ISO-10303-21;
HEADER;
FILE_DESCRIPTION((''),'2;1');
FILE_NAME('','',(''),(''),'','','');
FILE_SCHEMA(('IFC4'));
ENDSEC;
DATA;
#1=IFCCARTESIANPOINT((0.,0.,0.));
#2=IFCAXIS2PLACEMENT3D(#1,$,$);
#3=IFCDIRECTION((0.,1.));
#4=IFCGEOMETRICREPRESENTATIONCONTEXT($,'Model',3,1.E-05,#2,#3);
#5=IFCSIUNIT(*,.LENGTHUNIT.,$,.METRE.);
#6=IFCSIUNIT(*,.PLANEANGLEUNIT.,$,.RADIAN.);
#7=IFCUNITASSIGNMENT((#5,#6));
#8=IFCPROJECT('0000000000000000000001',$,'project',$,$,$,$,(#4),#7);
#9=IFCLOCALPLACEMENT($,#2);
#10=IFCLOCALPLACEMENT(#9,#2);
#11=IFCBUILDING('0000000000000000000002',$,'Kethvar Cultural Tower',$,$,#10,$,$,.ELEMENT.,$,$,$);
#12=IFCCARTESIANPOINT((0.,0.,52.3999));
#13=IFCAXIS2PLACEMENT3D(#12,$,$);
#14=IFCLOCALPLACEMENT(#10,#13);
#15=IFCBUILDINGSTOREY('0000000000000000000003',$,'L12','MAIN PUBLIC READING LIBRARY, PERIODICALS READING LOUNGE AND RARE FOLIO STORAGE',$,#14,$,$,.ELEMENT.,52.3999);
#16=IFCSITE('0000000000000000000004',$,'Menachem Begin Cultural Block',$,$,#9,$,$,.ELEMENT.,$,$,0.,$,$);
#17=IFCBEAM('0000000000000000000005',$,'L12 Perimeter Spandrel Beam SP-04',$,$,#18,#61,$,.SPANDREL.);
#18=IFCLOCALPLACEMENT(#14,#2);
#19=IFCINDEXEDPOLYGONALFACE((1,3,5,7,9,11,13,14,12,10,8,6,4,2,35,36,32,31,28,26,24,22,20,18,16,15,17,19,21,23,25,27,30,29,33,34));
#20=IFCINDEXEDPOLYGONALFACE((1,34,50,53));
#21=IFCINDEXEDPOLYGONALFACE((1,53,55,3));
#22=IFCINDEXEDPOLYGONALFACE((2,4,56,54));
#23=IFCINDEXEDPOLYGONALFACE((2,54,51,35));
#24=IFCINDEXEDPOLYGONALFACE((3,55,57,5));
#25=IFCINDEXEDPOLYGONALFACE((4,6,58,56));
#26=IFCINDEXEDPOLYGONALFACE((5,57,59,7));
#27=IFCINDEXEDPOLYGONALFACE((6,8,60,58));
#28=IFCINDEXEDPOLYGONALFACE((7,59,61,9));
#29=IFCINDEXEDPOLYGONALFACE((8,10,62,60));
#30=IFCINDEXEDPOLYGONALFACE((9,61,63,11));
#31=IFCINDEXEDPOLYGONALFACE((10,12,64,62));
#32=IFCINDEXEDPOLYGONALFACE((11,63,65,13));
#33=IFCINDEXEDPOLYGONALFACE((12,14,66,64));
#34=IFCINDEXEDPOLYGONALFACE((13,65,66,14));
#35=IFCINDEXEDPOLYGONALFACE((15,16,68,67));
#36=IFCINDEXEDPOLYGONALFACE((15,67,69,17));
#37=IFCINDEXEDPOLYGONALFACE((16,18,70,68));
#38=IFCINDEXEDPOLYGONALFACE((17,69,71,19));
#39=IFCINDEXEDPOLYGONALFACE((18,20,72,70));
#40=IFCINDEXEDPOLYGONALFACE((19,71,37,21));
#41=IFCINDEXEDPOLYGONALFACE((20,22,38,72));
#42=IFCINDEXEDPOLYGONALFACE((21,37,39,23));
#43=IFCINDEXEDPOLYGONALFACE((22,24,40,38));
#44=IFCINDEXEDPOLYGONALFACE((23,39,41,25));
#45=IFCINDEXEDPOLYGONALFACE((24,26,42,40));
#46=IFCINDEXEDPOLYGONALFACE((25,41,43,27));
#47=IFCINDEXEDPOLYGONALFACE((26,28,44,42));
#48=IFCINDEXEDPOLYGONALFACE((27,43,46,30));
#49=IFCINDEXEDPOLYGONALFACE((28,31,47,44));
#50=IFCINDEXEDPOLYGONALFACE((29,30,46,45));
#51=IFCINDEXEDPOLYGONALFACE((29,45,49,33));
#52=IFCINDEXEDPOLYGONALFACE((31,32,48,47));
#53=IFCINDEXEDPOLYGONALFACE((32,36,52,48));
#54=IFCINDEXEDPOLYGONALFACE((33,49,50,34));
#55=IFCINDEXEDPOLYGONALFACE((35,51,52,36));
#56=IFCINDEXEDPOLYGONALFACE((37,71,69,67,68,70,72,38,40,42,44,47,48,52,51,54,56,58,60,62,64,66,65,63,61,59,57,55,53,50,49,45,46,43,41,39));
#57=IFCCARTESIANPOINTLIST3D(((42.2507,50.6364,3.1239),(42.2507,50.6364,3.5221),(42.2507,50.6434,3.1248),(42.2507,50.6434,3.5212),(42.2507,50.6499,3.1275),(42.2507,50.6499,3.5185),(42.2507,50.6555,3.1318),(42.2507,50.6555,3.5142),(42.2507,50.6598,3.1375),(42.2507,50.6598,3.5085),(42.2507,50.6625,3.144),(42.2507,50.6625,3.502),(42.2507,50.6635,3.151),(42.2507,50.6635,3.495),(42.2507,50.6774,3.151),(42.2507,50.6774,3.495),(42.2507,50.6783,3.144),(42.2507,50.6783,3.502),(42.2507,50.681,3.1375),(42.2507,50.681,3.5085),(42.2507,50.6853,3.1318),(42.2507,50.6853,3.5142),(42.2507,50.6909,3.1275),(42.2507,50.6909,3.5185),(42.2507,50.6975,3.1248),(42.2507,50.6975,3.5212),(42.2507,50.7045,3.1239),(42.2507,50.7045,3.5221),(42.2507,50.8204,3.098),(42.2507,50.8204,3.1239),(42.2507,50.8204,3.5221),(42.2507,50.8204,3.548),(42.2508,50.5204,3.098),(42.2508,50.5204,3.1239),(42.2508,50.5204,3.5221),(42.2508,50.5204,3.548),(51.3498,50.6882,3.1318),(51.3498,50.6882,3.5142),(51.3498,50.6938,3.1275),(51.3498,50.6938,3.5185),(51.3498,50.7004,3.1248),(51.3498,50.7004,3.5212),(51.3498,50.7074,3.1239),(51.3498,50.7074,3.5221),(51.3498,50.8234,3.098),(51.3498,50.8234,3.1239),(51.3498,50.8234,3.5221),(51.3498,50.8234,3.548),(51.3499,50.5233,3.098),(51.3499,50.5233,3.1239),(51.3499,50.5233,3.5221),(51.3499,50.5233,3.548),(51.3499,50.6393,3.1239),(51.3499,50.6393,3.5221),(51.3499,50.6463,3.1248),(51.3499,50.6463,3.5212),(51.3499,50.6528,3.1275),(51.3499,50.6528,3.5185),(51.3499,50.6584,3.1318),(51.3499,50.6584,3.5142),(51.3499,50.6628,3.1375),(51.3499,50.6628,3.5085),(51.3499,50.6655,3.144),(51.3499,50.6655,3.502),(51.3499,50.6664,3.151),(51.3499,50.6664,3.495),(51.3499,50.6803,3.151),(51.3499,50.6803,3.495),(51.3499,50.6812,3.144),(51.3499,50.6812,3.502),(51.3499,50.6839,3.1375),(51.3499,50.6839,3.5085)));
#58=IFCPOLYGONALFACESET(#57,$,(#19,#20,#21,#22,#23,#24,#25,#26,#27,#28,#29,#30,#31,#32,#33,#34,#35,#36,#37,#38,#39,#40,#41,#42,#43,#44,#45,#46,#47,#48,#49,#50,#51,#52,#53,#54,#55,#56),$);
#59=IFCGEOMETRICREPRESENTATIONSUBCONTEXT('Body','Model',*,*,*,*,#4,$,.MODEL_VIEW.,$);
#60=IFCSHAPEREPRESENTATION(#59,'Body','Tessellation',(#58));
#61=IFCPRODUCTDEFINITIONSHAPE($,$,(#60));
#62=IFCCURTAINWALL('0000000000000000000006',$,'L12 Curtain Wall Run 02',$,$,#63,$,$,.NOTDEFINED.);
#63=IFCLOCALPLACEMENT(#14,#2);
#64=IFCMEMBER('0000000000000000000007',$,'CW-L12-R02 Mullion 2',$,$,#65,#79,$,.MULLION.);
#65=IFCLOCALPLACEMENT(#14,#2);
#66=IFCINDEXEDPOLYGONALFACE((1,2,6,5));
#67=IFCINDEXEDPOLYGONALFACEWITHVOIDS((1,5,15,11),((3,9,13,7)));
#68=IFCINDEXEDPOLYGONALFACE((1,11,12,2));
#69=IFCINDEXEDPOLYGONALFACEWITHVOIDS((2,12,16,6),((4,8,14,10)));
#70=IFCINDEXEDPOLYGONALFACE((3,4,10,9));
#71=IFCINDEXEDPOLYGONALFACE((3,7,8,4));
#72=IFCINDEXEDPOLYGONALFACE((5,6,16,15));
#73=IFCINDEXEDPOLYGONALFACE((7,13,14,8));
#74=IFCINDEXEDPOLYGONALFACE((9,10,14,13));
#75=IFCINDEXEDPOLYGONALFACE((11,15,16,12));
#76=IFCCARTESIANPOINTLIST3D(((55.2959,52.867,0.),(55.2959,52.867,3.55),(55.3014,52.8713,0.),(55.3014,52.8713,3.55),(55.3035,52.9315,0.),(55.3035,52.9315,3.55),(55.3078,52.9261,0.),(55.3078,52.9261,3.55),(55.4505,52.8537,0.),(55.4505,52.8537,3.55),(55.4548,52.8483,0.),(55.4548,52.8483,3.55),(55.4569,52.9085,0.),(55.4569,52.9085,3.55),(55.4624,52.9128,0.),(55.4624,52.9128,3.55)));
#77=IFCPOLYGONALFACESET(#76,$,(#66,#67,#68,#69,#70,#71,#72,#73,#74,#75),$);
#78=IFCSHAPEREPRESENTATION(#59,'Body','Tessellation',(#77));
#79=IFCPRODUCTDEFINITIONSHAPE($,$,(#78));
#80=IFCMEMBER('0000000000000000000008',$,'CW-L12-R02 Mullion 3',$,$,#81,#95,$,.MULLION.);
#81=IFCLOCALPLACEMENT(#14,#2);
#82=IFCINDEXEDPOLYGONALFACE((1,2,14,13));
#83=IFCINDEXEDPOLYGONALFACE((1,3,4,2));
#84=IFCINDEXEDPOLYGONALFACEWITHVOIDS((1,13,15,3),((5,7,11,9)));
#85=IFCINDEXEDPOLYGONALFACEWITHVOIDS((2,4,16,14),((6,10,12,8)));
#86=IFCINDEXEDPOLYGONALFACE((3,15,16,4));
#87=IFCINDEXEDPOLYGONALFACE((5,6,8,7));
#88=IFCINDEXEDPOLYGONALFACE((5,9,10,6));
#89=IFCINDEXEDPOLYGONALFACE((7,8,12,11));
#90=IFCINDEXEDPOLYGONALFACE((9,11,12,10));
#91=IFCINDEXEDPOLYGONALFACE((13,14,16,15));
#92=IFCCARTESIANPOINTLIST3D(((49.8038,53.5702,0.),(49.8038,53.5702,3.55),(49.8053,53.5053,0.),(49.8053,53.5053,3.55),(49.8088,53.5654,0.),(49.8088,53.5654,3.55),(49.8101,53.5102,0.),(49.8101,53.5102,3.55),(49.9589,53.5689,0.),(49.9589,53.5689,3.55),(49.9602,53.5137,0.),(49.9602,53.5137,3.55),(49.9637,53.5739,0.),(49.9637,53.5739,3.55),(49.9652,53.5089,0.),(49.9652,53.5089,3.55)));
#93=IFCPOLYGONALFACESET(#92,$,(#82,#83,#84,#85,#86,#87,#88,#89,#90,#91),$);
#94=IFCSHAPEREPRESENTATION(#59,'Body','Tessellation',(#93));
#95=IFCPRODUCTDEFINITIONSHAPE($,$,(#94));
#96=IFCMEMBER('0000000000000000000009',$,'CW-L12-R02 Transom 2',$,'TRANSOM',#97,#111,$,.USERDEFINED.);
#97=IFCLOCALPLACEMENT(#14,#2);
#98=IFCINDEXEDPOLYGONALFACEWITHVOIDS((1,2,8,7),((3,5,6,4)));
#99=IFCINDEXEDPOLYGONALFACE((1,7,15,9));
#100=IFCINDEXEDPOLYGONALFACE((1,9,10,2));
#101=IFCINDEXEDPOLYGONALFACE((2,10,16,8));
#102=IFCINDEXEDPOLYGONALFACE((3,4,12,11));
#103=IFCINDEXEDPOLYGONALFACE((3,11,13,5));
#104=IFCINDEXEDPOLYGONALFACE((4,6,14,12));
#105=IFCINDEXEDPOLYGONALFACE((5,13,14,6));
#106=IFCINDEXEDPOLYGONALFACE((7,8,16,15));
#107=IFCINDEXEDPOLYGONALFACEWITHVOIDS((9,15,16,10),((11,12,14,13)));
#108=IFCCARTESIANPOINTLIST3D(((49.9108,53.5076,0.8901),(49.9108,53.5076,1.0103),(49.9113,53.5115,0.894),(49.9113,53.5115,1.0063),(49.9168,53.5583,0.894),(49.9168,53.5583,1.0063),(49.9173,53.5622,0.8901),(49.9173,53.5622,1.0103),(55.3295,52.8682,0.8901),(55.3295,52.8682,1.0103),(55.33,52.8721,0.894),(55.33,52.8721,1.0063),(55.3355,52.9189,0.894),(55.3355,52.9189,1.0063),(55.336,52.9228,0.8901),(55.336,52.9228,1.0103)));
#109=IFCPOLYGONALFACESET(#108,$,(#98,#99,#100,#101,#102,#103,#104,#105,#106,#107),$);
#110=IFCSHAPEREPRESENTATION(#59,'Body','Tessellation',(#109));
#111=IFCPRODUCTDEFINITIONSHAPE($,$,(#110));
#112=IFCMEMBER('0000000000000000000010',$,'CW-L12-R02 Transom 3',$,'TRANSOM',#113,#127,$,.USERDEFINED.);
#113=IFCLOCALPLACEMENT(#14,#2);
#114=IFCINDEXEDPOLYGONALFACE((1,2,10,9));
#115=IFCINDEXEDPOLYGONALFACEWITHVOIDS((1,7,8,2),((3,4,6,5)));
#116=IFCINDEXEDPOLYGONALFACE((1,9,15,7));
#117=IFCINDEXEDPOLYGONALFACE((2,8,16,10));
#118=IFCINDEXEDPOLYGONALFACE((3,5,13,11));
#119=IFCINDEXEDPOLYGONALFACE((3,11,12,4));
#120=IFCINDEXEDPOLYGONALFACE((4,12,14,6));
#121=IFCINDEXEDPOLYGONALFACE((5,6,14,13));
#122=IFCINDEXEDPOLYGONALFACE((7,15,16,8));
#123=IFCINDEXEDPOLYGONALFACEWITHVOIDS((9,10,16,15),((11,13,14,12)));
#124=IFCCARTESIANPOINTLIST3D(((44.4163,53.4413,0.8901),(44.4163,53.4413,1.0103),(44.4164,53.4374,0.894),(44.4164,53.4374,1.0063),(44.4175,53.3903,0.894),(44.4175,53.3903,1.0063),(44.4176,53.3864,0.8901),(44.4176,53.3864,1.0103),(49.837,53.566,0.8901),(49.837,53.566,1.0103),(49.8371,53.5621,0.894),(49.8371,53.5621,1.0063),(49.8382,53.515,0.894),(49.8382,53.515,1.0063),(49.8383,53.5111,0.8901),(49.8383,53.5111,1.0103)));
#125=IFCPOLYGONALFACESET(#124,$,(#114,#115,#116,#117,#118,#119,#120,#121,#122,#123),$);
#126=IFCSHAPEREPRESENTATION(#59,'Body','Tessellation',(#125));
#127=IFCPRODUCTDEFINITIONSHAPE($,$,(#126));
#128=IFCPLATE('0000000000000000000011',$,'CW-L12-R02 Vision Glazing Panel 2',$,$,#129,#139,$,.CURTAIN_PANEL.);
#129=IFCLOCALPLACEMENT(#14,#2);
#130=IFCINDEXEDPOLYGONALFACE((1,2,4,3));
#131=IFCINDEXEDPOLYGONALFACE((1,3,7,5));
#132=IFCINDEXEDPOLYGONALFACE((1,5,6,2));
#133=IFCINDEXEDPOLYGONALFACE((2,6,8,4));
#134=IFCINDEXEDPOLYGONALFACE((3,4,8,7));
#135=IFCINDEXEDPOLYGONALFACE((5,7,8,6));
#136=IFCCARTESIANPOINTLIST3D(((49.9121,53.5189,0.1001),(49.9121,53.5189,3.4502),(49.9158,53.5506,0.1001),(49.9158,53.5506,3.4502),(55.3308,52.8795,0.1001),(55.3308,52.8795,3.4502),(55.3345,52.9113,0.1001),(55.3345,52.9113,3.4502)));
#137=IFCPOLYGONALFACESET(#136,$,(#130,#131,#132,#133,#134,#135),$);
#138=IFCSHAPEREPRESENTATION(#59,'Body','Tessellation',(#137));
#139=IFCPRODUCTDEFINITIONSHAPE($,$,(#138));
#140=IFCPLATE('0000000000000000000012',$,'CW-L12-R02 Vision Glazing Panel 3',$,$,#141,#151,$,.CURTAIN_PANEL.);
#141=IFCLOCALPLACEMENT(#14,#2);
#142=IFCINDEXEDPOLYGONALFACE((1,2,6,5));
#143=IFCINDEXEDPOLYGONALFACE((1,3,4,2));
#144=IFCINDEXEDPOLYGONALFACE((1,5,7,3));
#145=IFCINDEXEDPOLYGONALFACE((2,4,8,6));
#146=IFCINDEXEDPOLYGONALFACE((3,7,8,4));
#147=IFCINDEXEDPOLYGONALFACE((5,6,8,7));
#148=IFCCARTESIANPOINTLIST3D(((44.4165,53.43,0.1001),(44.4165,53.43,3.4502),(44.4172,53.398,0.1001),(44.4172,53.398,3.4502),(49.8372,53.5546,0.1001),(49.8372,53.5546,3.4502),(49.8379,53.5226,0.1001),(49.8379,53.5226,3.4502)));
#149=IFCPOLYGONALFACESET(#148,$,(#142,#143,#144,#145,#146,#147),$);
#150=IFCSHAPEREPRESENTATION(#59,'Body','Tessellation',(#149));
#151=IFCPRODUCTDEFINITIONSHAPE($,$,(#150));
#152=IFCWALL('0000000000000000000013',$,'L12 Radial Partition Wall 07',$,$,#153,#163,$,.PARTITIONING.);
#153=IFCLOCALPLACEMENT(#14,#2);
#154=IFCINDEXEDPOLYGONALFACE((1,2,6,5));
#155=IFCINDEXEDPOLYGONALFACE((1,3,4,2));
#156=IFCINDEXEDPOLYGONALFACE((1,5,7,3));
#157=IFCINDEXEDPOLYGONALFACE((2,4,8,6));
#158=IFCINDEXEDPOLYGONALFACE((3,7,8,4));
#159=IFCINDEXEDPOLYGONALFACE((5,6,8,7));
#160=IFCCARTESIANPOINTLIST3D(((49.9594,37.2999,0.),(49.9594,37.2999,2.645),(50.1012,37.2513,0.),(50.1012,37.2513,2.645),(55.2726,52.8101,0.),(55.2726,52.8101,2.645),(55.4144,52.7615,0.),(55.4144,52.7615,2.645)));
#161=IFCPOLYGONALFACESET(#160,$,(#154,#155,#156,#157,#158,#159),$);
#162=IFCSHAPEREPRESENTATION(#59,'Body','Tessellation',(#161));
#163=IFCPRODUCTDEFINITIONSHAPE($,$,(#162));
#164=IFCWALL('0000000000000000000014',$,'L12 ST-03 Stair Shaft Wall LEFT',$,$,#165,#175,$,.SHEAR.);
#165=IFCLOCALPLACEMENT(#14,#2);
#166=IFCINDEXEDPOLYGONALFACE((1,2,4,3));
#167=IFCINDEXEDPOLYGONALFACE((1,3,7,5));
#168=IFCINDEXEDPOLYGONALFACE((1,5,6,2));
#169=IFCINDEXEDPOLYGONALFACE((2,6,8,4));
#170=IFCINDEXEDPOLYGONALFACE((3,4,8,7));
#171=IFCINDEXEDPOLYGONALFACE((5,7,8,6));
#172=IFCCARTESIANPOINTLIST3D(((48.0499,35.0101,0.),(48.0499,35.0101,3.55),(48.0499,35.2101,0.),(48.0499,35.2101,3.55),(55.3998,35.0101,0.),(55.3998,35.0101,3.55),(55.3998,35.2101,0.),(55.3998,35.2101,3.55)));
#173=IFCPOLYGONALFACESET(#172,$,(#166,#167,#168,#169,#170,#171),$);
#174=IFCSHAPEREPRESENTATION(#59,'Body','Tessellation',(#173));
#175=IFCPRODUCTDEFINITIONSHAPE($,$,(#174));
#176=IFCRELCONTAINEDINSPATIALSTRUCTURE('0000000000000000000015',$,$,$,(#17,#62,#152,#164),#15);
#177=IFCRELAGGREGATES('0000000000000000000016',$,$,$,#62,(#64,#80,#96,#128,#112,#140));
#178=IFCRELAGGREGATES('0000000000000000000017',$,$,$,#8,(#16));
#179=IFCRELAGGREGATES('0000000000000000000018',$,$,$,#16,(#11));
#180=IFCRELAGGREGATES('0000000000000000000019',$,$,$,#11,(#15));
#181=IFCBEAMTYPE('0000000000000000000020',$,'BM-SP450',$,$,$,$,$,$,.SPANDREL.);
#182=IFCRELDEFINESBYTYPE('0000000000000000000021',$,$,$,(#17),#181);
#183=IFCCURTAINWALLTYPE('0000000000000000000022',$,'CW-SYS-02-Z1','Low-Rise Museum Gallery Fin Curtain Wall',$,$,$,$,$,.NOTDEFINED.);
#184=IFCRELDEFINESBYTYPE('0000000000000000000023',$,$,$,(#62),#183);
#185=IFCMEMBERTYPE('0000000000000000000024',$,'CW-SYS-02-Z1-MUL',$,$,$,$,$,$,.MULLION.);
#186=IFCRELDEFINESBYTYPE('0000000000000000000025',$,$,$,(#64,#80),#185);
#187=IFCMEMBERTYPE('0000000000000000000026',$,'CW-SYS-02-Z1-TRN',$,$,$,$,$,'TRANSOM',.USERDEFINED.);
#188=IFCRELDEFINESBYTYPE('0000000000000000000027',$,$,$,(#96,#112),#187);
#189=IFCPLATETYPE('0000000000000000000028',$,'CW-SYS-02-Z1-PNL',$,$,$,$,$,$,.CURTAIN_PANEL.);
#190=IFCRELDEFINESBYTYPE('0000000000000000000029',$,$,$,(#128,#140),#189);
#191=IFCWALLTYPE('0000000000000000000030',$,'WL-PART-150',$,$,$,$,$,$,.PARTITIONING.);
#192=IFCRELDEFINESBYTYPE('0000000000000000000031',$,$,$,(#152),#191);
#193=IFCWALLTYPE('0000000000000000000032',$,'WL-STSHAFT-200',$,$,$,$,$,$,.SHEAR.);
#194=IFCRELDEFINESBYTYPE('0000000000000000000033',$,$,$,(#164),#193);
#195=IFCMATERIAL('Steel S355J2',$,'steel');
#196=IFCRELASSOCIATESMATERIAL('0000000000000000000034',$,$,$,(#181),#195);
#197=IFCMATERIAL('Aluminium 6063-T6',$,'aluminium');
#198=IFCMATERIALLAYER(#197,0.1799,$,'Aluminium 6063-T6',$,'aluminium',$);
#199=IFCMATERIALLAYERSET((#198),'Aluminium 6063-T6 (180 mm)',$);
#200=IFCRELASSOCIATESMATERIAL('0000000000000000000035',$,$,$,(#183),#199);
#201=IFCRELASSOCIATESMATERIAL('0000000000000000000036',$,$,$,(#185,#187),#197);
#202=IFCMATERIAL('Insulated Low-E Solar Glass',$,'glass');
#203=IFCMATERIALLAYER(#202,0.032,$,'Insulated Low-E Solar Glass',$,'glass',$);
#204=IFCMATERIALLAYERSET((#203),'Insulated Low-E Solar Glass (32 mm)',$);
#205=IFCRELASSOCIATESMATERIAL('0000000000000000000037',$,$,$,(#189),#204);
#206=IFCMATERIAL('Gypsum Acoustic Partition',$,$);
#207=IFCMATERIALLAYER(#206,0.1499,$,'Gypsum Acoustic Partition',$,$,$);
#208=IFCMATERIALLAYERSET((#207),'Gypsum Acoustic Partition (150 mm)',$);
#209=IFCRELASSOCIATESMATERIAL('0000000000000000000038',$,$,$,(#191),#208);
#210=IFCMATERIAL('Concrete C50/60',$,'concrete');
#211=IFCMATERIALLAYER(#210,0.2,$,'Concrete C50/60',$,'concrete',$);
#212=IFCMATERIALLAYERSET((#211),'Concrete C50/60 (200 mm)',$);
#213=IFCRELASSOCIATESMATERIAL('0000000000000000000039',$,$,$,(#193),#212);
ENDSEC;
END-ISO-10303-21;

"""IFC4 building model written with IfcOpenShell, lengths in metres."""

from ifc_helpers import new_model, si_unit, direction, frame, frame_2d, origin, origin_2d, place, context, subcontext, project, spatial, rectangle, hollow_rectangle, i_section, extrude, source, transform, mapped, material, layer, layer_set, material_profile, profile_set, type_object, element, aggregate, save


model = new_model("IFC4")

# Units and contexts
model_context = context("Model", 3, precision=1e-05, world=origin(), true_north=direction((0.0, 1.0)))
body_context = subcontext(model_context, "Body", "Model", "MODEL_VIEW")
ifc_project = project(units=[si_unit("LENGTHUNIT", "METRE"), si_unit("PLANEANGLEUNIT", "RADIAN")], contexts=[model_context])

# Site, building, storey
site_placement = place(None, origin())
site = spatial("IfcSite", under=ifc_project, at=site_placement, Name="Menachem Begin Cultural Block", CompositionType="ELEMENT", RefElevation=0.0)
building_placement = place(site_placement, origin())
building = spatial("IfcBuilding", under=site, at=building_placement, Name="Kethvar Cultural Tower", CompositionType="ELEMENT")
storey_placement = place(building_placement, frame((0.0, 0.0, 52.3999)))
storey = spatial("IfcBuildingStorey", under=building, at=storey_placement, Name="L12", Description="MAIN PUBLIC READING LIBRARY, PERIODICALS READING LOUNGE AND RARE FOLIO STORAGE", CompositionType="ELEMENT", Elevation=52.3999)

# Beam
ifc_material_1 = material(Name="Steel S355J2", Category="steel")
ifc_material_profile_1 = material_profile(ifc_material_1, i_section(OverallWidth=0.3, OverallDepth=0.45, WebThickness=0.0139, FlangeThickness=0.0259, FilletRadius=0.0271, at=origin_2d()), Name="Steel S355J2 — HEB450")
ifc_profile_set_1 = profile_set([ifc_material_profile_1], Name="Steel S355J2 — HEB450")
beam_type_1 = type_object("IfcBeamType", Name="BM-SP450", PredefinedType="SPANDREL", material=ifc_profile_set_1)
shared_shape_1 = source(origin(), body_context, "Body", "SweptSolid", [
    extrude(i_section(OverallWidth=0.3, OverallDepth=0.45, WebThickness=0.0139, FlangeThickness=0.0259, FilletRadius=0.0271, at=origin_2d()), origin(), (0.0, 0.0, 1.0), 9.0991),
])
beam_1_placement = place(storey_placement, frame((51.3499, 50.6733, 3.323), z_axis=(-1.0, -0.000322, 0.0), x_axis=(0.000322, -1.0, 0.0)))
element("IfcBeam", 1, at=beam_1_placement, inside=storey, type_object=beam_type_1, Name="L12 Perimeter Spandrel Beam SP-04", PredefinedType="SPANDREL", context=body_context, shape_type="MappedRepresentation", body=[
    mapped(shared_shape_1, transform((0.0, 0.0, 0.0), scale=1.0)),
])

# Curtain wall, members, plates
ifc_material_2 = material(Name="Aluminium 6063-T6", Category="aluminium")
ifc_layer_1 = layer(ifc_material_2, 0.1799, Name="Aluminium 6063-T6", Category="aluminium")
ifc_layer_set_1 = layer_set([ifc_layer_1], Name="Aluminium 6063-T6 (180 mm)")
curtain_wall_type = type_object("IfcCurtainWallType", Name="CW-SYS-02-Z1", Description="Low-Rise Museum Gallery Fin Curtain Wall", PredefinedType="NOTDEFINED", material=ifc_layer_set_1)
curtain_wall_placement = place(storey_placement, origin())
curtain_wall = element("IfcCurtainWall", 2, at=curtain_wall_placement, inside=storey, type_object=curtain_wall_type, Name="L12 Curtain Wall Run 02", PredefinedType="NOTDEFINED")
ifc_material_profile_2 = material_profile(ifc_material_2, hollow_rectangle(XDim=0.0649, YDim=0.1599, WallThickness=0.0049, at=origin_2d()), Name="Aluminium 6063-T6 — RHS160x65x5")
ifc_profile_set_2 = profile_set([ifc_material_profile_2], Name="Aluminium 6063-T6 — RHS160x65x5")
member_type_1 = type_object("IfcMemberType", Name="CW-SYS-02-Z1-MUL", PredefinedType="MULLION", material=ifc_profile_set_2)
shared_shape_2 = source(origin(), body_context, "Body", "SweptSolid", [
    extrude(hollow_rectangle(XDim=0.0649, YDim=0.1599, WallThickness=0.0049, at=origin_2d()), origin(), (0.0, 0.0, 1.0), 3.55),
])
member_1_placement = place(storey_placement, frame((55.3792, 52.8899, 0.0), z_axis=(0.0, 0.0, 1.0), x_axis=(-0.117173, -0.993111, 0.0)))
member_1 = element("IfcMember", 3, at=member_1_placement, type_object=member_type_1, Name="CW-L12-R02 Mullion 2", PredefinedType="MULLION", context=body_context, shape_type="MappedRepresentation", body=[
    mapped(shared_shape_2, transform((0.0, 0.0, 0.0), scale=1.0)),
])
member_2_placement = place(storey_placement, frame((49.8845, 53.5396, 0.0), z_axis=(0.0, 0.0, 1.0), x_axis=(0.022984, -0.999736, 0.0)))
member_2 = element("IfcMember", 4, at=member_2_placement, type_object=member_type_1, Name="CW-L12-R02 Mullion 3", PredefinedType="MULLION", context=body_context, shape_type="MappedRepresentation", body=[
    mapped(shared_shape_2, transform((0.0, 0.0, 0.0), scale=1.0)),
])
ifc_material_profile_3 = material_profile(ifc_material_2, hollow_rectangle(XDim=0.0549, YDim=0.1201, WallThickness=0.0039, at=origin_2d()), Name="Aluminium 6063-T6 — RHS120x55x4")
ifc_profile_set_3 = profile_set([ifc_material_profile_3], Name="Aluminium 6063-T6 — RHS120x55x4")
member_type_2 = type_object("IfcMemberType", Name="CW-SYS-02-Z1-TRN", ElementType="TRANSOM", PredefinedType="USERDEFINED", material=ifc_profile_set_3)
shared_shape_3 = source(origin(), body_context, "Body", "SweptSolid", [
    extrude(hollow_rectangle(XDim=0.0549, YDim=0.1201, WallThickness=0.0039, at=origin_2d()), origin(), (0.0, 0.0, 1.0), 5.4563),
])
member_3_placement = place(storey_placement, frame((55.3328, 52.8955, 0.9502), z_axis=(-0.99311, 0.117187, 0.0), x_axis=(-0.117187, -0.99311, 0.0)))
member_3 = element("IfcMember", 5, at=member_3_placement, type_object=member_type_2, Name="CW-L12-R02 Transom 2", ObjectType="TRANSOM", PredefinedType="USERDEFINED", context=body_context, shape_type="MappedRepresentation", body=[
    mapped(shared_shape_3, transform((0.0, 0.0, 0.0), scale=1.0)),
])
shared_shape_4 = source(origin(), body_context, "Body", "SweptSolid", [
    extrude(hollow_rectangle(XDim=0.0549, YDim=0.1201, WallThickness=0.0039, at=origin_2d()), origin(), (0.0, 0.0, 1.0), 5.4221),
])
member_4_placement = place(storey_placement, frame((49.8376, 53.5386, 0.9502), z_axis=(-0.999735, -0.023009, 0.0), x_axis=(0.023009, -0.999735, 0.0)))
member_4 = element("IfcMember", 6, at=member_4_placement, type_object=member_type_2, Name="CW-L12-R02 Transom 3", ObjectType="TRANSOM", PredefinedType="USERDEFINED", context=body_context, shape_type="MappedRepresentation", body=[
    mapped(shared_shape_4, transform((0.0, 0.0, 0.0), scale=1.0)),
])
ifc_material_3 = material(Name="Insulated Low-E Solar Glass", Category="glass")
ifc_layer_2 = layer(ifc_material_3, 0.032, Name="Insulated Low-E Solar Glass", Category="glass")
ifc_layer_set_2 = layer_set([ifc_layer_2], Name="Insulated Low-E Solar Glass (32 mm)")
plate_type = type_object("IfcPlateType", Name="CW-SYS-02-Z1-PNL", PredefinedType="CURTAIN_PANEL", material=ifc_layer_set_2)
shared_shape_5 = source(origin(), body_context, "Body", "SweptSolid", [
    extrude(rectangle(XDim=5.4563, YDim=0.032, at=origin_2d()), origin(), (0.0, 0.0, 1.0), 3.3501),
])
plate_1_placement = place(storey_placement, frame((52.6233, 53.2151, 0.1001), z_axis=(0.0, 0.0, 1.0), x_axis=(-0.993111, 0.117173, 0.0)))
plate_1 = element("IfcPlate", 7, at=plate_1_placement, type_object=plate_type, Name="CW-L12-R02 Vision Glazing Panel 2", PredefinedType="CURTAIN_PANEL", context=body_context, shape_type="MappedRepresentation", body=[
    mapped(shared_shape_5, transform((0.0, 0.0, 0.0), scale=1.0)),
])
shared_shape_6 = source(origin(), body_context, "Body", "SweptSolid", [
    extrude(rectangle(XDim=5.4221, YDim=0.032, at=origin_2d()), origin(), (0.0, 0.0, 1.0), 3.3501),
])
plate_2_placement = place(storey_placement, frame((47.1272, 53.4763, 0.1001), z_axis=(0.0, 0.0, 1.0), x_axis=(-0.999736, -0.022984, 0.0)))
plate_2 = element("IfcPlate", 8, at=plate_2_placement, type_object=plate_type, Name="CW-L12-R02 Vision Glazing Panel 3", PredefinedType="CURTAIN_PANEL", context=body_context, shape_type="MappedRepresentation", body=[
    mapped(shared_shape_6, transform((0.0, 0.0, 0.0), scale=1.0)),
])
aggregate(curtain_wall, [member_1, member_2, member_3, plate_1, member_4, plate_2])

# Walls
ifc_material_4 = material(Name="Gypsum Acoustic Partition")
ifc_layer_3 = layer(ifc_material_4, 0.1499, Name="Gypsum Acoustic Partition")
ifc_layer_set_3 = layer_set([ifc_layer_3], Name="Gypsum Acoustic Partition (150 mm)")
wall_type_1 = type_object("IfcWallType", Name="WL-PART-150", PredefinedType="PARTITIONING", material=ifc_layer_set_3)
wall_1_placement = place(storey_placement, frame((50.0303, 37.2756, 0.0), z_axis=(0.0, 0.0, 1.0), x_axis=(0.324075, 0.946031, 0.0)))
element("IfcWall", 9, at=wall_1_placement, inside=storey, type_object=wall_type_1, Name="L12 Radial Partition Wall 07", PredefinedType="PARTITIONING", context=body_context, shape_type="SweptSolid", body=[
    extrude(rectangle(XDim=16.395, YDim=0.1499, at=frame_2d((8.1975, 0.0))), origin(), (0.0, 0.0, 1.0), 2.645),
])
ifc_material_5 = material(Name="Concrete C50/60", Category="concrete")
ifc_layer_4 = layer(ifc_material_5, 0.2, Name="Concrete C50/60", Category="concrete")
ifc_layer_set_4 = layer_set([ifc_layer_4], Name="Concrete C50/60 (200 mm)")
wall_type_2 = type_object("IfcWallType", Name="WL-STSHAFT-200", PredefinedType="SHEAR", material=ifc_layer_set_4)
wall_2_placement = place(storey_placement, frame((48.05, 35.1101, 0.0), z_axis=(0.0, 0.0, 1.0), x_axis=(1.0, 0.0, 0.0)))
element("IfcWall", 10, at=wall_2_placement, inside=storey, type_object=wall_type_2, Name="L12 ST-03 Stair Shaft Wall LEFT", PredefinedType="SHEAR", context=body_context, shape_type="SweptSolid", body=[
    extrude(rectangle(XDim=7.3499, YDim=0.2, at=frame_2d((3.6748, 0.0))), origin(), (0.0, 0.0, 1.0), 3.55),
])

save(model, "model.ifc")
